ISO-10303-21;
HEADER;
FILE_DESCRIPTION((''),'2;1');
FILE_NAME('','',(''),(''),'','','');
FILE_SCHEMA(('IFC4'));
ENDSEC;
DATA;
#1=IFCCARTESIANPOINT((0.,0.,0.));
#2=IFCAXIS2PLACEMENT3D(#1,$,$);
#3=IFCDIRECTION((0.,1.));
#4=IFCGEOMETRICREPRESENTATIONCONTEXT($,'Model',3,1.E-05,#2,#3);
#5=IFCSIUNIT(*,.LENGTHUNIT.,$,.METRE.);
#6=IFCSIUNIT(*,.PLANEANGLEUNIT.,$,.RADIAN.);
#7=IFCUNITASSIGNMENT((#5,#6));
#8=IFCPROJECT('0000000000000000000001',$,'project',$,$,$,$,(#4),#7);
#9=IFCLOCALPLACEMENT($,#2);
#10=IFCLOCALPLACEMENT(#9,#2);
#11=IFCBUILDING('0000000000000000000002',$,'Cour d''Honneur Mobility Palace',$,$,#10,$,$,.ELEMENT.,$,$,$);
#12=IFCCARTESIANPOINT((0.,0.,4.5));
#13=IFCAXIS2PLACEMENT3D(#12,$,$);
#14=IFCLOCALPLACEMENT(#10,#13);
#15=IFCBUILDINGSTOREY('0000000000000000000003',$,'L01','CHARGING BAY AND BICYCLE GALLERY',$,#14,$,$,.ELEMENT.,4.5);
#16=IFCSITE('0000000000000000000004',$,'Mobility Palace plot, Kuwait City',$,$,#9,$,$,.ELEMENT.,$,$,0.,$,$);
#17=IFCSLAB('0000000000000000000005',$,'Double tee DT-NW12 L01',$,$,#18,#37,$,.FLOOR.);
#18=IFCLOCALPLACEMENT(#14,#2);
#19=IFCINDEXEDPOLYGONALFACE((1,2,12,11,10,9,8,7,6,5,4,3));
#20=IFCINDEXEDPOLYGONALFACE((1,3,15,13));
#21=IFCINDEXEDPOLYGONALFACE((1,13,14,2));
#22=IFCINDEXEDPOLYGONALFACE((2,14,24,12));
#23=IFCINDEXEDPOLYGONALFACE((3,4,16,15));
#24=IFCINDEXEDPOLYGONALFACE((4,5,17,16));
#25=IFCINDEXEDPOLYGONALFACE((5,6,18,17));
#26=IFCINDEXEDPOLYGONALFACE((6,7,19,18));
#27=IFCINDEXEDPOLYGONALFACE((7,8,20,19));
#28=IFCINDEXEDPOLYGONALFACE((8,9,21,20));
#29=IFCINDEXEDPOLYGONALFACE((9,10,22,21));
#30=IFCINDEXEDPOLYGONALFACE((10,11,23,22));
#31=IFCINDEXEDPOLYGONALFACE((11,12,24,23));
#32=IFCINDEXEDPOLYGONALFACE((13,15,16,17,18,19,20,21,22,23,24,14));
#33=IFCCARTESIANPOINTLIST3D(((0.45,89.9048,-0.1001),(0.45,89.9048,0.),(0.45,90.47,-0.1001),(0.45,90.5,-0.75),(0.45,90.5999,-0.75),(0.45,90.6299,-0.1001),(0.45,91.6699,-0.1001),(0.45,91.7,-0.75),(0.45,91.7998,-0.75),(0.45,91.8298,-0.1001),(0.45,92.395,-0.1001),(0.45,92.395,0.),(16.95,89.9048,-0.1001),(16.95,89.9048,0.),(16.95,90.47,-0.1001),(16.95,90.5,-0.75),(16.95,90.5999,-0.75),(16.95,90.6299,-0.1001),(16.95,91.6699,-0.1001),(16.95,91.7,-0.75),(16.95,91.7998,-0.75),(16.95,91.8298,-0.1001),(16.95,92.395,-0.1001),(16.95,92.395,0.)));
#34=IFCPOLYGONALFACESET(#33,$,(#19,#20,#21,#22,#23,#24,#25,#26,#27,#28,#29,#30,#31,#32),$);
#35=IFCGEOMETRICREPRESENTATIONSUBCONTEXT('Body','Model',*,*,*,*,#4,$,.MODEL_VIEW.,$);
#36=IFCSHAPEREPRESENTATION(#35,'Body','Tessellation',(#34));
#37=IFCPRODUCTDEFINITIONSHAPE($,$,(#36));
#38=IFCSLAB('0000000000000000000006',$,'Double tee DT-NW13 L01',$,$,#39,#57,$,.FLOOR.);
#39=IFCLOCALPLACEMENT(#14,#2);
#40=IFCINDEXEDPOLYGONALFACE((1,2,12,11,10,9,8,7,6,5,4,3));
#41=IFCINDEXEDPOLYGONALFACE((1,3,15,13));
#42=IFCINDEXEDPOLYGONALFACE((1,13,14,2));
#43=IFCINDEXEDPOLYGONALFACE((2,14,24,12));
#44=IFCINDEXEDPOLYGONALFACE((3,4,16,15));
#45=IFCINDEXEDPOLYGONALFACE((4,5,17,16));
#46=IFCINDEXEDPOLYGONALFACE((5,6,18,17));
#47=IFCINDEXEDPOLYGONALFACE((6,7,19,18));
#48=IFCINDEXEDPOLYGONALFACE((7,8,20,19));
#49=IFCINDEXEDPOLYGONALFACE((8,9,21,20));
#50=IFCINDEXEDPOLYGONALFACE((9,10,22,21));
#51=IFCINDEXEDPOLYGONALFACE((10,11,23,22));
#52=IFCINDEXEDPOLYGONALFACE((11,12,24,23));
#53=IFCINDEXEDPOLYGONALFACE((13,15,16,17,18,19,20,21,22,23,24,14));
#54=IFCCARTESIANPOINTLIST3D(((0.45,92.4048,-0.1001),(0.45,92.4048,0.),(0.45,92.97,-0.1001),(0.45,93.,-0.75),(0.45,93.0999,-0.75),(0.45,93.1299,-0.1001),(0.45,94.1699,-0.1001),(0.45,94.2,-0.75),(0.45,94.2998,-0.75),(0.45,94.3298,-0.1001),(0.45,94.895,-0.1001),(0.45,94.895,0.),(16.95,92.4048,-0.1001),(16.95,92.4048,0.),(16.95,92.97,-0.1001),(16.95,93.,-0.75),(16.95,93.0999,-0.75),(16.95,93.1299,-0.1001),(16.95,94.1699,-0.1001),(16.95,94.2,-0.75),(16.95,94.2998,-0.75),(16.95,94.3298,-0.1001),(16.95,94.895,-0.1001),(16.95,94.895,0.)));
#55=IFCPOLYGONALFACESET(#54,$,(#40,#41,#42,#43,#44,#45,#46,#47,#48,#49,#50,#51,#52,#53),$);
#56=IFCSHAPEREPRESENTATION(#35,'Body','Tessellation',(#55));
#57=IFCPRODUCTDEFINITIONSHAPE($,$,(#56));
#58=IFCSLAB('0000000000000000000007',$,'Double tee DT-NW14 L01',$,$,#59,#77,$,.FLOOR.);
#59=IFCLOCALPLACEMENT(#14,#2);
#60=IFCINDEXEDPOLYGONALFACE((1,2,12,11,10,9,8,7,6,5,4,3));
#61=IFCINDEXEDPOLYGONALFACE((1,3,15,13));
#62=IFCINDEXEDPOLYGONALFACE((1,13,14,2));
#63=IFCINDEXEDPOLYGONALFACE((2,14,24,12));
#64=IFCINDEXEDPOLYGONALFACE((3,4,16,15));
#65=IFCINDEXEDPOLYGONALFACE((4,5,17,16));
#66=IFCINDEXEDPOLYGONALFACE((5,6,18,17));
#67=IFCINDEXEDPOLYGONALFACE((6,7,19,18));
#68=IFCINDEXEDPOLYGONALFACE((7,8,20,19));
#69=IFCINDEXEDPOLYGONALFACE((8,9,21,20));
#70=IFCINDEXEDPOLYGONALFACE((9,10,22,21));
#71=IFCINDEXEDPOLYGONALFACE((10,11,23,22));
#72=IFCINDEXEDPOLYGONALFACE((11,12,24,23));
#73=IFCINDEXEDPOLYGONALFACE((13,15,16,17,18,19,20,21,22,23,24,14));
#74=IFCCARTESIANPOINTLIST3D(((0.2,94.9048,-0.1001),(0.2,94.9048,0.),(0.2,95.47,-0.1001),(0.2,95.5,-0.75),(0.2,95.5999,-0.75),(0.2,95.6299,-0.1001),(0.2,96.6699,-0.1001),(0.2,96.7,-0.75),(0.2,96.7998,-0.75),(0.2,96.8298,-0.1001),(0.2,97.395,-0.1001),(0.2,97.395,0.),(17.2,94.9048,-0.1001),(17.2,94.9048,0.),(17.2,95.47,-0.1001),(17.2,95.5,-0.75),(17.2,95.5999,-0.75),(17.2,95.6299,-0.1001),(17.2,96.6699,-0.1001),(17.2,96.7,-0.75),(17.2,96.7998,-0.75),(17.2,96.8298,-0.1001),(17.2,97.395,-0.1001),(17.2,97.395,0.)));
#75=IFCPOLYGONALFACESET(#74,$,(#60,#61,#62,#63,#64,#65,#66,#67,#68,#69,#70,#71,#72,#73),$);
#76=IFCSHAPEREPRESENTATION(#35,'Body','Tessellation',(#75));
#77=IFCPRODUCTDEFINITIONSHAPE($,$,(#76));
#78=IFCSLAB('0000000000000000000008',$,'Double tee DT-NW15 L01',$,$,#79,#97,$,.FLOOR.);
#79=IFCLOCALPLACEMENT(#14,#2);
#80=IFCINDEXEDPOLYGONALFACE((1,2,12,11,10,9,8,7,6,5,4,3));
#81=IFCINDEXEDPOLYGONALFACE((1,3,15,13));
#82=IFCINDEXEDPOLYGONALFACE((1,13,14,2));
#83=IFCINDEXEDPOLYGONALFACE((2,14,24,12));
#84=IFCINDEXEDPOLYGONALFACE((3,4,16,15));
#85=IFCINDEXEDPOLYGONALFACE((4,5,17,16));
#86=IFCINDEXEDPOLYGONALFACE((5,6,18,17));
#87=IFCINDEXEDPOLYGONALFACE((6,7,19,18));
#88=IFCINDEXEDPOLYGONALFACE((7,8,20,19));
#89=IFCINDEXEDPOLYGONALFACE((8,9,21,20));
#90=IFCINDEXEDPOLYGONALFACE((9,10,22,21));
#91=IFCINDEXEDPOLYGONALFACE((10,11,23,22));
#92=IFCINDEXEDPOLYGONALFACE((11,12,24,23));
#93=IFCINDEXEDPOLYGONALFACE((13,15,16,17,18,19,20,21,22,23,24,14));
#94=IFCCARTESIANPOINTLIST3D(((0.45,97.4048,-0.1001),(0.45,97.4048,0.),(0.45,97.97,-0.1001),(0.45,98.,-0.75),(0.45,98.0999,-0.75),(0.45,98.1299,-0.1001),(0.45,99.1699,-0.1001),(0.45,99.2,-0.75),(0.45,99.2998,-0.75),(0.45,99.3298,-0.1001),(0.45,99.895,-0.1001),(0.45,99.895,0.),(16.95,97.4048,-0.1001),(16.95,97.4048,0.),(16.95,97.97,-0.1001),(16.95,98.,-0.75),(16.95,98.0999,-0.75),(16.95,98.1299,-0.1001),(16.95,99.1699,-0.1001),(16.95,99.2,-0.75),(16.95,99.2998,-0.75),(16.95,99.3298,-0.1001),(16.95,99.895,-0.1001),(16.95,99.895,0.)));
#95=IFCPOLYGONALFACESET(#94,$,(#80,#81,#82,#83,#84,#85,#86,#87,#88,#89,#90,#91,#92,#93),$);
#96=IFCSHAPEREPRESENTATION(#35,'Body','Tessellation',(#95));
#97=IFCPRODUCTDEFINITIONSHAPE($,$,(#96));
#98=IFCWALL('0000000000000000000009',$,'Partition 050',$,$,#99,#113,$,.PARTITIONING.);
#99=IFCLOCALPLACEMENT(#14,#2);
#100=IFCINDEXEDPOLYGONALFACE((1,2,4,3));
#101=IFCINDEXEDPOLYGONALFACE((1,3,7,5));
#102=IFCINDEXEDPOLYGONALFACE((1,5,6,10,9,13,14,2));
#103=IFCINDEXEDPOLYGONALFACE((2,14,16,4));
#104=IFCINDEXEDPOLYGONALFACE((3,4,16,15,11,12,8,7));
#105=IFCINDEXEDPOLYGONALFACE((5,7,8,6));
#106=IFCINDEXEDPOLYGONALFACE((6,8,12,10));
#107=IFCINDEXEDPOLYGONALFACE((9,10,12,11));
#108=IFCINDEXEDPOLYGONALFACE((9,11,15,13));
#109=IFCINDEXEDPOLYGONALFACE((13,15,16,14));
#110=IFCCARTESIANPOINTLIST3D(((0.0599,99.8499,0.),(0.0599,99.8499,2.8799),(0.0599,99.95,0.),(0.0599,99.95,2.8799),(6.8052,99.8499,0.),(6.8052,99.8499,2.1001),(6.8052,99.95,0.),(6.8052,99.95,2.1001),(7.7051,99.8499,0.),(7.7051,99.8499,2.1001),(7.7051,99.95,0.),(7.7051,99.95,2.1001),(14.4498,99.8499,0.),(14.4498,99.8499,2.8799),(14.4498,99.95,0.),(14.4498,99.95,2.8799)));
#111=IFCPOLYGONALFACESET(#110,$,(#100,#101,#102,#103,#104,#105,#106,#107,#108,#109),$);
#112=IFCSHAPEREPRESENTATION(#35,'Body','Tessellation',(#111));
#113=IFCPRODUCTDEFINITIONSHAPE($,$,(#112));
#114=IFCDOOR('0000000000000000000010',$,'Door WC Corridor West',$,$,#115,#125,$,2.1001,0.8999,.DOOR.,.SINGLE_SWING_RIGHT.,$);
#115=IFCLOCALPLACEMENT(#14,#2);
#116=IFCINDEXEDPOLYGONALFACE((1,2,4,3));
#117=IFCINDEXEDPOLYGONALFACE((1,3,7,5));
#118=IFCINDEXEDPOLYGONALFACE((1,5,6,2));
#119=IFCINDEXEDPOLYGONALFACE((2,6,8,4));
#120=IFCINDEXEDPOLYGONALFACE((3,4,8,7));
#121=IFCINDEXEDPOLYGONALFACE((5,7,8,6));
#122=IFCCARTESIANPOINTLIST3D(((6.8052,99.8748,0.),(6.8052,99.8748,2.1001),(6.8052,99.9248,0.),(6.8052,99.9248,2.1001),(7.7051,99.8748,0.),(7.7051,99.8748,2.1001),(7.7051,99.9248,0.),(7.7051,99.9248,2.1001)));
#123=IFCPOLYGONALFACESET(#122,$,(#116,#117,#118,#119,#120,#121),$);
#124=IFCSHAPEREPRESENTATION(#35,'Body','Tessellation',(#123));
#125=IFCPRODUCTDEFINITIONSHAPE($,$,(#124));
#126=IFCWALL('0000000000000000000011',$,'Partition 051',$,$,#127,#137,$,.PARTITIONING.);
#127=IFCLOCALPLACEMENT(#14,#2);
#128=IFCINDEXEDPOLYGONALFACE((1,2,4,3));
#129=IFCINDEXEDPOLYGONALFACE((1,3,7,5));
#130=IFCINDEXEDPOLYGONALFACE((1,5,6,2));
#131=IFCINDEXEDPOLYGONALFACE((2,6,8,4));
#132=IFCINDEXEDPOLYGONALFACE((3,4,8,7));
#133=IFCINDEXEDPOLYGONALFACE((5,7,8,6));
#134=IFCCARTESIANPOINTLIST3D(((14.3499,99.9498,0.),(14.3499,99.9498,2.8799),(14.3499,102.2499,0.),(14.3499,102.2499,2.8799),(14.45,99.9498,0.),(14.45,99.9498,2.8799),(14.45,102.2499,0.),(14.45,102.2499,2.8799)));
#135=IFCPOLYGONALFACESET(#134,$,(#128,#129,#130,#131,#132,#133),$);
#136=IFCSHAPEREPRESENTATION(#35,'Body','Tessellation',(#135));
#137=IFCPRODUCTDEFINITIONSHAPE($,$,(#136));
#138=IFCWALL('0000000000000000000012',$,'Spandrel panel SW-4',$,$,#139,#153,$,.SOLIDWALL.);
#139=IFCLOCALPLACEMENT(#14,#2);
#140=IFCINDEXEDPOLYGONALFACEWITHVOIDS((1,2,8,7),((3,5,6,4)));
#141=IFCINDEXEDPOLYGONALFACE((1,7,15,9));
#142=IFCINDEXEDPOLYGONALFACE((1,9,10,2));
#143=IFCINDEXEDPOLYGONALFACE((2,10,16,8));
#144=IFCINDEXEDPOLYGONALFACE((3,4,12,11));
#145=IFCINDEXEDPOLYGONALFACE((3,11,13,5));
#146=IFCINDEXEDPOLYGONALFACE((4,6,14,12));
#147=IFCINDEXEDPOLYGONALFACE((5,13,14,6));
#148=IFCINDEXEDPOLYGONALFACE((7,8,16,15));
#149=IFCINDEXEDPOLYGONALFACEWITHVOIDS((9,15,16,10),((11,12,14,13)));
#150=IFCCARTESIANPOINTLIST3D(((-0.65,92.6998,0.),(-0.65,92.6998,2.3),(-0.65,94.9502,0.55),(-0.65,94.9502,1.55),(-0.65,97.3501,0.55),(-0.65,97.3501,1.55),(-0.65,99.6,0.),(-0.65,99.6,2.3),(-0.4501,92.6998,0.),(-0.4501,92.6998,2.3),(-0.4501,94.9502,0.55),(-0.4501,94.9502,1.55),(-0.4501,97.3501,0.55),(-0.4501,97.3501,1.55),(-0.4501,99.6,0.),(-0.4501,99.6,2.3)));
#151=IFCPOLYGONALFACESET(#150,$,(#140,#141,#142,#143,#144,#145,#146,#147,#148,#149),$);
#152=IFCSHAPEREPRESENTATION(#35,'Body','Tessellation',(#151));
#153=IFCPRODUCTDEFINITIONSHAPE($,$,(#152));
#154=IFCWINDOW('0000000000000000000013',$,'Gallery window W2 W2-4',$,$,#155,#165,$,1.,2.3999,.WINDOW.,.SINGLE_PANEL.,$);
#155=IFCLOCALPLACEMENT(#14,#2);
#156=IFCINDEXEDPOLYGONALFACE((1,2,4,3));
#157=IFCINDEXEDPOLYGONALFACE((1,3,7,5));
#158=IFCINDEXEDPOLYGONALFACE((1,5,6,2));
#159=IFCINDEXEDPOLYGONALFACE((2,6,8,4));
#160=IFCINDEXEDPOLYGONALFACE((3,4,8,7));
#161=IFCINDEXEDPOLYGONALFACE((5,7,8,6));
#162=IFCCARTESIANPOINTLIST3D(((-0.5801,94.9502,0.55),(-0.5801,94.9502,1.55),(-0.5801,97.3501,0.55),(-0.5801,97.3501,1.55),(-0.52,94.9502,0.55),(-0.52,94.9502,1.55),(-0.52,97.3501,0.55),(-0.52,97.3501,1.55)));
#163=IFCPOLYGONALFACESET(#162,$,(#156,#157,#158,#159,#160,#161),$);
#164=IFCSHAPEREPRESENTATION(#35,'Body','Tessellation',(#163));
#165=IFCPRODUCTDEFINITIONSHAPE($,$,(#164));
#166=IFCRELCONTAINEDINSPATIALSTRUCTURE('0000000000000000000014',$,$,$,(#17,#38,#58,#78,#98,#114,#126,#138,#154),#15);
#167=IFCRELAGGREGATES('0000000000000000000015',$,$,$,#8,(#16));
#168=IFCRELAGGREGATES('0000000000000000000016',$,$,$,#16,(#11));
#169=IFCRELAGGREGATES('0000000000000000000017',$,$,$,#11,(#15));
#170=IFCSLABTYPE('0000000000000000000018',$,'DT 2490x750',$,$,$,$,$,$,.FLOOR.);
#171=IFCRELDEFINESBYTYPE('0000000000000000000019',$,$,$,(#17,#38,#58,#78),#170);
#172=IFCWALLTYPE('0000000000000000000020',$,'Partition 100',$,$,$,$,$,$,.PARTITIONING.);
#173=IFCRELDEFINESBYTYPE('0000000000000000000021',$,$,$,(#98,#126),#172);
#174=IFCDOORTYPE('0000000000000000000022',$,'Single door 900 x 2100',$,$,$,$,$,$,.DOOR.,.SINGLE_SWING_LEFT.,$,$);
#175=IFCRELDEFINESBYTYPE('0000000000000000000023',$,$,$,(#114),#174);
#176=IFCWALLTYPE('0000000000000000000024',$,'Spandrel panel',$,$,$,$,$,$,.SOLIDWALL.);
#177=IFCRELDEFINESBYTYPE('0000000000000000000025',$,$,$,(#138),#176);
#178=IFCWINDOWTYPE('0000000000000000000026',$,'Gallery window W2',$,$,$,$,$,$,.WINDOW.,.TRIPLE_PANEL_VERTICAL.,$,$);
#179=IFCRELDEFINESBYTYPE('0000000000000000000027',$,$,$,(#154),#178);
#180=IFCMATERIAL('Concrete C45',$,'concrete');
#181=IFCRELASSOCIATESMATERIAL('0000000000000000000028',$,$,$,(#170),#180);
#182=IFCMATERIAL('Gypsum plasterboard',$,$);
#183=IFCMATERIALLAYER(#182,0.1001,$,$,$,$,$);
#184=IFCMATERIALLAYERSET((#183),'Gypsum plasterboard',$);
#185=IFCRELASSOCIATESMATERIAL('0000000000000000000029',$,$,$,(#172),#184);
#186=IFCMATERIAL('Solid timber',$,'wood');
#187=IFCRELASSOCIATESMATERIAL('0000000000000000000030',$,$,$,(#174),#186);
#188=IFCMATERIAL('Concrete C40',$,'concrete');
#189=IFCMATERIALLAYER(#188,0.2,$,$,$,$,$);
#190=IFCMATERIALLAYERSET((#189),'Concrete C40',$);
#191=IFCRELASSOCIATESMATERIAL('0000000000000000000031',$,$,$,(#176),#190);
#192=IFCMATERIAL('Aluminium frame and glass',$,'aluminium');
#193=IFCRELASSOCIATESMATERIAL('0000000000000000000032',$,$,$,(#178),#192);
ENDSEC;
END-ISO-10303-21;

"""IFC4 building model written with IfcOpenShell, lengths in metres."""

from ifc_helpers import new_model, si_unit, direction, frame, frame_2d, origin, place, context, subcontext, project, spatial, polyline, rectangle, outline, extrude, material, layer, layer_set, material_profile, profile_set, type_object, element, fill, save


model = new_model("IFC4")

# Units and contexts
model_context = context("Model", 3, precision=1e-05, world=origin(), true_north=direction((0.0, 1.0)))
body_context = subcontext(model_context, "Body", "Model", "MODEL_VIEW")
ifc_project = project(units=[si_unit("LENGTHUNIT", "METRE"), si_unit("PLANEANGLEUNIT", "RADIAN")], contexts=[model_context])

# Site, building, storey
site_placement = place(None, origin())
site = spatial("IfcSite", under=ifc_project, at=site_placement, Name="Mobility Palace plot, Kuwait City", CompositionType="ELEMENT", RefElevation=0.0)
building_placement = place(site_placement, origin())
building = spatial("IfcBuilding", under=site, at=building_placement, Name="Cour d'Honneur Mobility Palace", CompositionType="ELEMENT")
storey_placement = place(building_placement, frame((0.0, 0.0, 4.5)))
storey = spatial("IfcBuildingStorey", under=building, at=storey_placement, Name="L01", Description="CHARGING BAY AND BICYCLE GALLERY", CompositionType="ELEMENT", Elevation=4.5)

# Slabs
ifc_material_1 = material(Name="Concrete C45", Category="concrete")
ifc_material_profile_1 = material_profile(ifc_material_1, outline(polyline([(-1.2451, 0.0), (1.2451, 0.0), (1.2451, -0.1001), (0.6799, -0.1001), (0.6499, -0.75), (0.55, -0.75), (0.52, -0.1001), (-0.52, -0.1001), (-0.55, -0.75), (-0.6499, -0.75), (-0.6799, -0.1001), (-1.2451, -0.1001), (-1.2451, 0.0)])), Name="DT 2490x750")
ifc_profile_set_1 = profile_set([ifc_material_profile_1], Name="Concrete C45")
slab_type = type_object("IfcSlabType", Name="DT 2490x750", PredefinedType="FLOOR", material=ifc_profile_set_1)
for number, where, z_axis, x_axis, name in (
    (1, (0.45, 91.1499, 0.0), (1.0, 0.0, 0.0), (0.0, 1.0, 0.0), "Double tee DT-NW12 L01"),
    (2, (0.45, 93.6499, 0.0), (1.0, 0.0, 0.0), (0.0, 1.0, 0.0), "Double tee DT-NW13 L01"),
):
    element("IfcSlab", number, at=place(storey_placement, frame(where, z_axis=z_axis, x_axis=x_axis)), inside=storey, type_object=slab_type, Name=name, PredefinedType="FLOOR", context=body_context, shape_type="SweptSolid", body=[
        extrude(outline(polyline([(-1.2451, 0.0), (1.2451, 0.0), (1.2451, -0.1001), (0.6799, -0.1001), (0.6499, -0.75), (0.55, -0.75), (0.52, -0.1001), (-0.52, -0.1001), (-0.55, -0.75), (-0.6499, -0.75), (-0.6799, -0.1001), (-1.2451, -0.1001), (-1.2451, 0.0)])), origin(), (0.0, 0.0, 1.0), 16.5),
    ])
slab_1_placement = place(storey_placement, frame((0.2, 96.1499, 0.0), z_axis=(1.0, 0.0, 0.0), x_axis=(0.0, 1.0, 0.0)))
element("IfcSlab", 3, at=slab_1_placement, inside=storey, type_object=slab_type, Name="Double tee DT-NW14 L01", PredefinedType="FLOOR", context=body_context, shape_type="SweptSolid", body=[
    extrude(outline(polyline([(-1.2451, 0.0), (1.2451, 0.0), (1.2451, -0.1001), (0.6799, -0.1001), (0.6499, -0.75), (0.55, -0.75), (0.52, -0.1001), (-0.52, -0.1001), (-0.55, -0.75), (-0.6499, -0.75), (-0.6799, -0.1001), (-1.2451, -0.1001), (-1.2451, 0.0)])), origin(), (0.0, 0.0, 1.0), 17.0),
])
slab_2_placement = place(storey_placement, frame((0.45, 98.6499, 0.0), z_axis=(1.0, 0.0, 0.0), x_axis=(0.0, 1.0, 0.0)))
element("IfcSlab", 4, at=slab_2_placement, inside=storey, type_object=slab_type, Name="Double tee DT-NW15 L01", PredefinedType="FLOOR", context=body_context, shape_type="SweptSolid", body=[
    extrude(outline(polyline([(-1.2451, 0.0), (1.2451, 0.0), (1.2451, -0.1001), (0.6799, -0.1001), (0.6499, -0.75), (0.55, -0.75), (0.52, -0.1001), (-0.52, -0.1001), (-0.55, -0.75), (-0.6499, -0.75), (-0.6799, -0.1001), (-1.2451, -0.1001), (-1.2451, 0.0)])), origin(), (0.0, 0.0, 1.0), 16.5),
])

# Wall, opening, door
ifc_material_2 = material(Name="Gypsum plasterboard")
ifc_layer_1 = layer(ifc_material_2, 0.1001)
ifc_layer_set_1 = layer_set([ifc_layer_1], Name="Gypsum plasterboard")
wall_type_1 = type_object("IfcWallType", Name="Partition 100", PredefinedType="PARTITIONING", material=ifc_layer_set_1)
wall_1_placement = place(storey_placement, frame((0.0601, 99.8999, 0.0), z_axis=(0.0, 0.0, 1.0), x_axis=(1.0, 0.0, 0.0)))
wall_1 = element("IfcWall", 5, at=wall_1_placement, inside=storey, type_object=wall_type_1, Name="Partition 050", PredefinedType="PARTITIONING", context=body_context, shape_type="SweptSolid", body=[
    extrude(rectangle(XDim=14.3899, YDim=0.1001, at=frame_2d((7.1948, 0.0))), origin(), (0.0, 0.0, 1.0), 2.8799),
])
opening_1_placement = place(wall_1_placement, frame((6.7451, 0.0, 0.0)))
opening_1 = element("IfcOpeningElement", 6, at=opening_1_placement, cuts=wall_1, PredefinedType="OPENING", context=body_context, shape_type="SweptSolid", body=[
    extrude(rectangle(XDim=0.8999, YDim=2.1001, at=frame_2d((0.45, 1.05))), frame((0.0, 0.0601, 0.0), z_axis=(0.0, -1.0, 0.0), x_axis=(1.0, 0.0, 0.0)), (0.0, 0.0, 1.0), 0.1201),
])
ifc_material_3 = material(Name="Solid timber", Category="wood")
door_type = type_object("IfcDoorType", Name="Single door 900 x 2100", OperationType="SINGLE_SWING_LEFT", PredefinedType="DOOR", material=ifc_material_3)
door_placement = place(opening_1_placement, origin())
door = element("IfcDoor", 7, at=door_placement, inside=storey, type_object=door_type, Name="Door WC Corridor West", OperationType="SINGLE_SWING_RIGHT", OverallHeight=2.1001, OverallWidth=0.8999, PredefinedType="DOOR", context=body_context, shape_type="SweptSolid", body=[
    extrude(rectangle(XDim=0.8999, YDim=2.1001, at=frame_2d((0.45, 1.05))), frame((0.0, 0.0249, 0.0), z_axis=(0.0, -1.0, 0.0), x_axis=(1.0, 0.0, 0.0)), (0.0, 0.0, 1.0), 0.05),
])
fill(opening_1, door)

# Wall
wall_2_placement = place(storey_placement, frame((14.3999, 99.95, 0.0), z_axis=(0.0, 0.0, 1.0), x_axis=(0.0, 1.0, 0.0)))
element("IfcWall", 8, at=wall_2_placement, inside=storey, type_object=wall_type_1, Name="Partition 051", PredefinedType="PARTITIONING", context=body_context, shape_type="SweptSolid", body=[
    extrude(rectangle(XDim=2.3, YDim=0.1001, at=frame_2d((1.1499, 0.0))), origin(), (0.0, 0.0, 1.0), 2.8799),
])

# Wall, opening, window
ifc_material_4 = material(Name="Concrete C40", Category="concrete")
ifc_layer_2 = layer(ifc_material_4, 0.2)
ifc_layer_set_2 = layer_set([ifc_layer_2], Name="Concrete C40")
wall_type_2 = type_object("IfcWallType", Name="Spandrel panel", PredefinedType="SOLIDWALL", material=ifc_layer_set_2)
wall_3_placement = place(storey_placement, frame((-0.55, 99.6001, 0.0), z_axis=(0.0, 0.0, 1.0), x_axis=(0.0, -1.0, 0.0)))
wall_3 = element("IfcWall", 9, at=wall_3_placement, inside=storey, type_object=wall_type_2, Name="Spandrel panel SW-4", PredefinedType="SOLIDWALL", context=body_context, shape_type="SweptSolid", body=[
    extrude(rectangle(XDim=6.9001, YDim=0.2, at=frame_2d((3.4502, 0.0))), origin(), (0.0, 0.0, 1.0), 2.3),
])
opening_2_placement = place(wall_3_placement, frame((2.25, 0.0, 0.55)))
opening_2 = element("IfcOpeningElement", 10, at=opening_2_placement, cuts=wall_3, PredefinedType="OPENING", context=body_context, shape_type="SweptSolid", body=[
    extrude(rectangle(XDim=2.3999, YDim=1.0, at=frame_2d((1.2, 0.5))), frame((0.0, 0.1099, 0.0), z_axis=(0.0, -1.0, 0.0), x_axis=(1.0, 0.0, 0.0)), (0.0, 0.0, 1.0), 0.22),
])
ifc_material_5 = material(Name="Aluminium frame and glass", Category="aluminium")
window_type = type_object("IfcWindowType", Name="Gallery window W2", PartitioningType="TRIPLE_PANEL_VERTICAL", PredefinedType="WINDOW", material=ifc_material_5)
window_1_placement = place(opening_2_placement, origin())
window_1 = element("IfcWindow", 11, at=window_1_placement, inside=storey, type_object=window_type, Name="Gallery window W2 W2-4", OverallHeight=1.0, OverallWidth=2.3999, PartitioningType="SINGLE_PANEL", PredefinedType="WINDOW", context=body_context, shape_type="SweptSolid", body=[
    extrude(rectangle(XDim=2.3999, YDim=1.0, at=frame_2d((1.2, 0.5))), frame((0.0, 0.03, 0.0), z_axis=(0.0, -1.0, 0.0), x_axis=(1.0, 0.0, 0.0)), (0.0, 0.0, 1.0), 0.0601),
])
fill(opening_2, window_1)

save(model, "model.ifc")
